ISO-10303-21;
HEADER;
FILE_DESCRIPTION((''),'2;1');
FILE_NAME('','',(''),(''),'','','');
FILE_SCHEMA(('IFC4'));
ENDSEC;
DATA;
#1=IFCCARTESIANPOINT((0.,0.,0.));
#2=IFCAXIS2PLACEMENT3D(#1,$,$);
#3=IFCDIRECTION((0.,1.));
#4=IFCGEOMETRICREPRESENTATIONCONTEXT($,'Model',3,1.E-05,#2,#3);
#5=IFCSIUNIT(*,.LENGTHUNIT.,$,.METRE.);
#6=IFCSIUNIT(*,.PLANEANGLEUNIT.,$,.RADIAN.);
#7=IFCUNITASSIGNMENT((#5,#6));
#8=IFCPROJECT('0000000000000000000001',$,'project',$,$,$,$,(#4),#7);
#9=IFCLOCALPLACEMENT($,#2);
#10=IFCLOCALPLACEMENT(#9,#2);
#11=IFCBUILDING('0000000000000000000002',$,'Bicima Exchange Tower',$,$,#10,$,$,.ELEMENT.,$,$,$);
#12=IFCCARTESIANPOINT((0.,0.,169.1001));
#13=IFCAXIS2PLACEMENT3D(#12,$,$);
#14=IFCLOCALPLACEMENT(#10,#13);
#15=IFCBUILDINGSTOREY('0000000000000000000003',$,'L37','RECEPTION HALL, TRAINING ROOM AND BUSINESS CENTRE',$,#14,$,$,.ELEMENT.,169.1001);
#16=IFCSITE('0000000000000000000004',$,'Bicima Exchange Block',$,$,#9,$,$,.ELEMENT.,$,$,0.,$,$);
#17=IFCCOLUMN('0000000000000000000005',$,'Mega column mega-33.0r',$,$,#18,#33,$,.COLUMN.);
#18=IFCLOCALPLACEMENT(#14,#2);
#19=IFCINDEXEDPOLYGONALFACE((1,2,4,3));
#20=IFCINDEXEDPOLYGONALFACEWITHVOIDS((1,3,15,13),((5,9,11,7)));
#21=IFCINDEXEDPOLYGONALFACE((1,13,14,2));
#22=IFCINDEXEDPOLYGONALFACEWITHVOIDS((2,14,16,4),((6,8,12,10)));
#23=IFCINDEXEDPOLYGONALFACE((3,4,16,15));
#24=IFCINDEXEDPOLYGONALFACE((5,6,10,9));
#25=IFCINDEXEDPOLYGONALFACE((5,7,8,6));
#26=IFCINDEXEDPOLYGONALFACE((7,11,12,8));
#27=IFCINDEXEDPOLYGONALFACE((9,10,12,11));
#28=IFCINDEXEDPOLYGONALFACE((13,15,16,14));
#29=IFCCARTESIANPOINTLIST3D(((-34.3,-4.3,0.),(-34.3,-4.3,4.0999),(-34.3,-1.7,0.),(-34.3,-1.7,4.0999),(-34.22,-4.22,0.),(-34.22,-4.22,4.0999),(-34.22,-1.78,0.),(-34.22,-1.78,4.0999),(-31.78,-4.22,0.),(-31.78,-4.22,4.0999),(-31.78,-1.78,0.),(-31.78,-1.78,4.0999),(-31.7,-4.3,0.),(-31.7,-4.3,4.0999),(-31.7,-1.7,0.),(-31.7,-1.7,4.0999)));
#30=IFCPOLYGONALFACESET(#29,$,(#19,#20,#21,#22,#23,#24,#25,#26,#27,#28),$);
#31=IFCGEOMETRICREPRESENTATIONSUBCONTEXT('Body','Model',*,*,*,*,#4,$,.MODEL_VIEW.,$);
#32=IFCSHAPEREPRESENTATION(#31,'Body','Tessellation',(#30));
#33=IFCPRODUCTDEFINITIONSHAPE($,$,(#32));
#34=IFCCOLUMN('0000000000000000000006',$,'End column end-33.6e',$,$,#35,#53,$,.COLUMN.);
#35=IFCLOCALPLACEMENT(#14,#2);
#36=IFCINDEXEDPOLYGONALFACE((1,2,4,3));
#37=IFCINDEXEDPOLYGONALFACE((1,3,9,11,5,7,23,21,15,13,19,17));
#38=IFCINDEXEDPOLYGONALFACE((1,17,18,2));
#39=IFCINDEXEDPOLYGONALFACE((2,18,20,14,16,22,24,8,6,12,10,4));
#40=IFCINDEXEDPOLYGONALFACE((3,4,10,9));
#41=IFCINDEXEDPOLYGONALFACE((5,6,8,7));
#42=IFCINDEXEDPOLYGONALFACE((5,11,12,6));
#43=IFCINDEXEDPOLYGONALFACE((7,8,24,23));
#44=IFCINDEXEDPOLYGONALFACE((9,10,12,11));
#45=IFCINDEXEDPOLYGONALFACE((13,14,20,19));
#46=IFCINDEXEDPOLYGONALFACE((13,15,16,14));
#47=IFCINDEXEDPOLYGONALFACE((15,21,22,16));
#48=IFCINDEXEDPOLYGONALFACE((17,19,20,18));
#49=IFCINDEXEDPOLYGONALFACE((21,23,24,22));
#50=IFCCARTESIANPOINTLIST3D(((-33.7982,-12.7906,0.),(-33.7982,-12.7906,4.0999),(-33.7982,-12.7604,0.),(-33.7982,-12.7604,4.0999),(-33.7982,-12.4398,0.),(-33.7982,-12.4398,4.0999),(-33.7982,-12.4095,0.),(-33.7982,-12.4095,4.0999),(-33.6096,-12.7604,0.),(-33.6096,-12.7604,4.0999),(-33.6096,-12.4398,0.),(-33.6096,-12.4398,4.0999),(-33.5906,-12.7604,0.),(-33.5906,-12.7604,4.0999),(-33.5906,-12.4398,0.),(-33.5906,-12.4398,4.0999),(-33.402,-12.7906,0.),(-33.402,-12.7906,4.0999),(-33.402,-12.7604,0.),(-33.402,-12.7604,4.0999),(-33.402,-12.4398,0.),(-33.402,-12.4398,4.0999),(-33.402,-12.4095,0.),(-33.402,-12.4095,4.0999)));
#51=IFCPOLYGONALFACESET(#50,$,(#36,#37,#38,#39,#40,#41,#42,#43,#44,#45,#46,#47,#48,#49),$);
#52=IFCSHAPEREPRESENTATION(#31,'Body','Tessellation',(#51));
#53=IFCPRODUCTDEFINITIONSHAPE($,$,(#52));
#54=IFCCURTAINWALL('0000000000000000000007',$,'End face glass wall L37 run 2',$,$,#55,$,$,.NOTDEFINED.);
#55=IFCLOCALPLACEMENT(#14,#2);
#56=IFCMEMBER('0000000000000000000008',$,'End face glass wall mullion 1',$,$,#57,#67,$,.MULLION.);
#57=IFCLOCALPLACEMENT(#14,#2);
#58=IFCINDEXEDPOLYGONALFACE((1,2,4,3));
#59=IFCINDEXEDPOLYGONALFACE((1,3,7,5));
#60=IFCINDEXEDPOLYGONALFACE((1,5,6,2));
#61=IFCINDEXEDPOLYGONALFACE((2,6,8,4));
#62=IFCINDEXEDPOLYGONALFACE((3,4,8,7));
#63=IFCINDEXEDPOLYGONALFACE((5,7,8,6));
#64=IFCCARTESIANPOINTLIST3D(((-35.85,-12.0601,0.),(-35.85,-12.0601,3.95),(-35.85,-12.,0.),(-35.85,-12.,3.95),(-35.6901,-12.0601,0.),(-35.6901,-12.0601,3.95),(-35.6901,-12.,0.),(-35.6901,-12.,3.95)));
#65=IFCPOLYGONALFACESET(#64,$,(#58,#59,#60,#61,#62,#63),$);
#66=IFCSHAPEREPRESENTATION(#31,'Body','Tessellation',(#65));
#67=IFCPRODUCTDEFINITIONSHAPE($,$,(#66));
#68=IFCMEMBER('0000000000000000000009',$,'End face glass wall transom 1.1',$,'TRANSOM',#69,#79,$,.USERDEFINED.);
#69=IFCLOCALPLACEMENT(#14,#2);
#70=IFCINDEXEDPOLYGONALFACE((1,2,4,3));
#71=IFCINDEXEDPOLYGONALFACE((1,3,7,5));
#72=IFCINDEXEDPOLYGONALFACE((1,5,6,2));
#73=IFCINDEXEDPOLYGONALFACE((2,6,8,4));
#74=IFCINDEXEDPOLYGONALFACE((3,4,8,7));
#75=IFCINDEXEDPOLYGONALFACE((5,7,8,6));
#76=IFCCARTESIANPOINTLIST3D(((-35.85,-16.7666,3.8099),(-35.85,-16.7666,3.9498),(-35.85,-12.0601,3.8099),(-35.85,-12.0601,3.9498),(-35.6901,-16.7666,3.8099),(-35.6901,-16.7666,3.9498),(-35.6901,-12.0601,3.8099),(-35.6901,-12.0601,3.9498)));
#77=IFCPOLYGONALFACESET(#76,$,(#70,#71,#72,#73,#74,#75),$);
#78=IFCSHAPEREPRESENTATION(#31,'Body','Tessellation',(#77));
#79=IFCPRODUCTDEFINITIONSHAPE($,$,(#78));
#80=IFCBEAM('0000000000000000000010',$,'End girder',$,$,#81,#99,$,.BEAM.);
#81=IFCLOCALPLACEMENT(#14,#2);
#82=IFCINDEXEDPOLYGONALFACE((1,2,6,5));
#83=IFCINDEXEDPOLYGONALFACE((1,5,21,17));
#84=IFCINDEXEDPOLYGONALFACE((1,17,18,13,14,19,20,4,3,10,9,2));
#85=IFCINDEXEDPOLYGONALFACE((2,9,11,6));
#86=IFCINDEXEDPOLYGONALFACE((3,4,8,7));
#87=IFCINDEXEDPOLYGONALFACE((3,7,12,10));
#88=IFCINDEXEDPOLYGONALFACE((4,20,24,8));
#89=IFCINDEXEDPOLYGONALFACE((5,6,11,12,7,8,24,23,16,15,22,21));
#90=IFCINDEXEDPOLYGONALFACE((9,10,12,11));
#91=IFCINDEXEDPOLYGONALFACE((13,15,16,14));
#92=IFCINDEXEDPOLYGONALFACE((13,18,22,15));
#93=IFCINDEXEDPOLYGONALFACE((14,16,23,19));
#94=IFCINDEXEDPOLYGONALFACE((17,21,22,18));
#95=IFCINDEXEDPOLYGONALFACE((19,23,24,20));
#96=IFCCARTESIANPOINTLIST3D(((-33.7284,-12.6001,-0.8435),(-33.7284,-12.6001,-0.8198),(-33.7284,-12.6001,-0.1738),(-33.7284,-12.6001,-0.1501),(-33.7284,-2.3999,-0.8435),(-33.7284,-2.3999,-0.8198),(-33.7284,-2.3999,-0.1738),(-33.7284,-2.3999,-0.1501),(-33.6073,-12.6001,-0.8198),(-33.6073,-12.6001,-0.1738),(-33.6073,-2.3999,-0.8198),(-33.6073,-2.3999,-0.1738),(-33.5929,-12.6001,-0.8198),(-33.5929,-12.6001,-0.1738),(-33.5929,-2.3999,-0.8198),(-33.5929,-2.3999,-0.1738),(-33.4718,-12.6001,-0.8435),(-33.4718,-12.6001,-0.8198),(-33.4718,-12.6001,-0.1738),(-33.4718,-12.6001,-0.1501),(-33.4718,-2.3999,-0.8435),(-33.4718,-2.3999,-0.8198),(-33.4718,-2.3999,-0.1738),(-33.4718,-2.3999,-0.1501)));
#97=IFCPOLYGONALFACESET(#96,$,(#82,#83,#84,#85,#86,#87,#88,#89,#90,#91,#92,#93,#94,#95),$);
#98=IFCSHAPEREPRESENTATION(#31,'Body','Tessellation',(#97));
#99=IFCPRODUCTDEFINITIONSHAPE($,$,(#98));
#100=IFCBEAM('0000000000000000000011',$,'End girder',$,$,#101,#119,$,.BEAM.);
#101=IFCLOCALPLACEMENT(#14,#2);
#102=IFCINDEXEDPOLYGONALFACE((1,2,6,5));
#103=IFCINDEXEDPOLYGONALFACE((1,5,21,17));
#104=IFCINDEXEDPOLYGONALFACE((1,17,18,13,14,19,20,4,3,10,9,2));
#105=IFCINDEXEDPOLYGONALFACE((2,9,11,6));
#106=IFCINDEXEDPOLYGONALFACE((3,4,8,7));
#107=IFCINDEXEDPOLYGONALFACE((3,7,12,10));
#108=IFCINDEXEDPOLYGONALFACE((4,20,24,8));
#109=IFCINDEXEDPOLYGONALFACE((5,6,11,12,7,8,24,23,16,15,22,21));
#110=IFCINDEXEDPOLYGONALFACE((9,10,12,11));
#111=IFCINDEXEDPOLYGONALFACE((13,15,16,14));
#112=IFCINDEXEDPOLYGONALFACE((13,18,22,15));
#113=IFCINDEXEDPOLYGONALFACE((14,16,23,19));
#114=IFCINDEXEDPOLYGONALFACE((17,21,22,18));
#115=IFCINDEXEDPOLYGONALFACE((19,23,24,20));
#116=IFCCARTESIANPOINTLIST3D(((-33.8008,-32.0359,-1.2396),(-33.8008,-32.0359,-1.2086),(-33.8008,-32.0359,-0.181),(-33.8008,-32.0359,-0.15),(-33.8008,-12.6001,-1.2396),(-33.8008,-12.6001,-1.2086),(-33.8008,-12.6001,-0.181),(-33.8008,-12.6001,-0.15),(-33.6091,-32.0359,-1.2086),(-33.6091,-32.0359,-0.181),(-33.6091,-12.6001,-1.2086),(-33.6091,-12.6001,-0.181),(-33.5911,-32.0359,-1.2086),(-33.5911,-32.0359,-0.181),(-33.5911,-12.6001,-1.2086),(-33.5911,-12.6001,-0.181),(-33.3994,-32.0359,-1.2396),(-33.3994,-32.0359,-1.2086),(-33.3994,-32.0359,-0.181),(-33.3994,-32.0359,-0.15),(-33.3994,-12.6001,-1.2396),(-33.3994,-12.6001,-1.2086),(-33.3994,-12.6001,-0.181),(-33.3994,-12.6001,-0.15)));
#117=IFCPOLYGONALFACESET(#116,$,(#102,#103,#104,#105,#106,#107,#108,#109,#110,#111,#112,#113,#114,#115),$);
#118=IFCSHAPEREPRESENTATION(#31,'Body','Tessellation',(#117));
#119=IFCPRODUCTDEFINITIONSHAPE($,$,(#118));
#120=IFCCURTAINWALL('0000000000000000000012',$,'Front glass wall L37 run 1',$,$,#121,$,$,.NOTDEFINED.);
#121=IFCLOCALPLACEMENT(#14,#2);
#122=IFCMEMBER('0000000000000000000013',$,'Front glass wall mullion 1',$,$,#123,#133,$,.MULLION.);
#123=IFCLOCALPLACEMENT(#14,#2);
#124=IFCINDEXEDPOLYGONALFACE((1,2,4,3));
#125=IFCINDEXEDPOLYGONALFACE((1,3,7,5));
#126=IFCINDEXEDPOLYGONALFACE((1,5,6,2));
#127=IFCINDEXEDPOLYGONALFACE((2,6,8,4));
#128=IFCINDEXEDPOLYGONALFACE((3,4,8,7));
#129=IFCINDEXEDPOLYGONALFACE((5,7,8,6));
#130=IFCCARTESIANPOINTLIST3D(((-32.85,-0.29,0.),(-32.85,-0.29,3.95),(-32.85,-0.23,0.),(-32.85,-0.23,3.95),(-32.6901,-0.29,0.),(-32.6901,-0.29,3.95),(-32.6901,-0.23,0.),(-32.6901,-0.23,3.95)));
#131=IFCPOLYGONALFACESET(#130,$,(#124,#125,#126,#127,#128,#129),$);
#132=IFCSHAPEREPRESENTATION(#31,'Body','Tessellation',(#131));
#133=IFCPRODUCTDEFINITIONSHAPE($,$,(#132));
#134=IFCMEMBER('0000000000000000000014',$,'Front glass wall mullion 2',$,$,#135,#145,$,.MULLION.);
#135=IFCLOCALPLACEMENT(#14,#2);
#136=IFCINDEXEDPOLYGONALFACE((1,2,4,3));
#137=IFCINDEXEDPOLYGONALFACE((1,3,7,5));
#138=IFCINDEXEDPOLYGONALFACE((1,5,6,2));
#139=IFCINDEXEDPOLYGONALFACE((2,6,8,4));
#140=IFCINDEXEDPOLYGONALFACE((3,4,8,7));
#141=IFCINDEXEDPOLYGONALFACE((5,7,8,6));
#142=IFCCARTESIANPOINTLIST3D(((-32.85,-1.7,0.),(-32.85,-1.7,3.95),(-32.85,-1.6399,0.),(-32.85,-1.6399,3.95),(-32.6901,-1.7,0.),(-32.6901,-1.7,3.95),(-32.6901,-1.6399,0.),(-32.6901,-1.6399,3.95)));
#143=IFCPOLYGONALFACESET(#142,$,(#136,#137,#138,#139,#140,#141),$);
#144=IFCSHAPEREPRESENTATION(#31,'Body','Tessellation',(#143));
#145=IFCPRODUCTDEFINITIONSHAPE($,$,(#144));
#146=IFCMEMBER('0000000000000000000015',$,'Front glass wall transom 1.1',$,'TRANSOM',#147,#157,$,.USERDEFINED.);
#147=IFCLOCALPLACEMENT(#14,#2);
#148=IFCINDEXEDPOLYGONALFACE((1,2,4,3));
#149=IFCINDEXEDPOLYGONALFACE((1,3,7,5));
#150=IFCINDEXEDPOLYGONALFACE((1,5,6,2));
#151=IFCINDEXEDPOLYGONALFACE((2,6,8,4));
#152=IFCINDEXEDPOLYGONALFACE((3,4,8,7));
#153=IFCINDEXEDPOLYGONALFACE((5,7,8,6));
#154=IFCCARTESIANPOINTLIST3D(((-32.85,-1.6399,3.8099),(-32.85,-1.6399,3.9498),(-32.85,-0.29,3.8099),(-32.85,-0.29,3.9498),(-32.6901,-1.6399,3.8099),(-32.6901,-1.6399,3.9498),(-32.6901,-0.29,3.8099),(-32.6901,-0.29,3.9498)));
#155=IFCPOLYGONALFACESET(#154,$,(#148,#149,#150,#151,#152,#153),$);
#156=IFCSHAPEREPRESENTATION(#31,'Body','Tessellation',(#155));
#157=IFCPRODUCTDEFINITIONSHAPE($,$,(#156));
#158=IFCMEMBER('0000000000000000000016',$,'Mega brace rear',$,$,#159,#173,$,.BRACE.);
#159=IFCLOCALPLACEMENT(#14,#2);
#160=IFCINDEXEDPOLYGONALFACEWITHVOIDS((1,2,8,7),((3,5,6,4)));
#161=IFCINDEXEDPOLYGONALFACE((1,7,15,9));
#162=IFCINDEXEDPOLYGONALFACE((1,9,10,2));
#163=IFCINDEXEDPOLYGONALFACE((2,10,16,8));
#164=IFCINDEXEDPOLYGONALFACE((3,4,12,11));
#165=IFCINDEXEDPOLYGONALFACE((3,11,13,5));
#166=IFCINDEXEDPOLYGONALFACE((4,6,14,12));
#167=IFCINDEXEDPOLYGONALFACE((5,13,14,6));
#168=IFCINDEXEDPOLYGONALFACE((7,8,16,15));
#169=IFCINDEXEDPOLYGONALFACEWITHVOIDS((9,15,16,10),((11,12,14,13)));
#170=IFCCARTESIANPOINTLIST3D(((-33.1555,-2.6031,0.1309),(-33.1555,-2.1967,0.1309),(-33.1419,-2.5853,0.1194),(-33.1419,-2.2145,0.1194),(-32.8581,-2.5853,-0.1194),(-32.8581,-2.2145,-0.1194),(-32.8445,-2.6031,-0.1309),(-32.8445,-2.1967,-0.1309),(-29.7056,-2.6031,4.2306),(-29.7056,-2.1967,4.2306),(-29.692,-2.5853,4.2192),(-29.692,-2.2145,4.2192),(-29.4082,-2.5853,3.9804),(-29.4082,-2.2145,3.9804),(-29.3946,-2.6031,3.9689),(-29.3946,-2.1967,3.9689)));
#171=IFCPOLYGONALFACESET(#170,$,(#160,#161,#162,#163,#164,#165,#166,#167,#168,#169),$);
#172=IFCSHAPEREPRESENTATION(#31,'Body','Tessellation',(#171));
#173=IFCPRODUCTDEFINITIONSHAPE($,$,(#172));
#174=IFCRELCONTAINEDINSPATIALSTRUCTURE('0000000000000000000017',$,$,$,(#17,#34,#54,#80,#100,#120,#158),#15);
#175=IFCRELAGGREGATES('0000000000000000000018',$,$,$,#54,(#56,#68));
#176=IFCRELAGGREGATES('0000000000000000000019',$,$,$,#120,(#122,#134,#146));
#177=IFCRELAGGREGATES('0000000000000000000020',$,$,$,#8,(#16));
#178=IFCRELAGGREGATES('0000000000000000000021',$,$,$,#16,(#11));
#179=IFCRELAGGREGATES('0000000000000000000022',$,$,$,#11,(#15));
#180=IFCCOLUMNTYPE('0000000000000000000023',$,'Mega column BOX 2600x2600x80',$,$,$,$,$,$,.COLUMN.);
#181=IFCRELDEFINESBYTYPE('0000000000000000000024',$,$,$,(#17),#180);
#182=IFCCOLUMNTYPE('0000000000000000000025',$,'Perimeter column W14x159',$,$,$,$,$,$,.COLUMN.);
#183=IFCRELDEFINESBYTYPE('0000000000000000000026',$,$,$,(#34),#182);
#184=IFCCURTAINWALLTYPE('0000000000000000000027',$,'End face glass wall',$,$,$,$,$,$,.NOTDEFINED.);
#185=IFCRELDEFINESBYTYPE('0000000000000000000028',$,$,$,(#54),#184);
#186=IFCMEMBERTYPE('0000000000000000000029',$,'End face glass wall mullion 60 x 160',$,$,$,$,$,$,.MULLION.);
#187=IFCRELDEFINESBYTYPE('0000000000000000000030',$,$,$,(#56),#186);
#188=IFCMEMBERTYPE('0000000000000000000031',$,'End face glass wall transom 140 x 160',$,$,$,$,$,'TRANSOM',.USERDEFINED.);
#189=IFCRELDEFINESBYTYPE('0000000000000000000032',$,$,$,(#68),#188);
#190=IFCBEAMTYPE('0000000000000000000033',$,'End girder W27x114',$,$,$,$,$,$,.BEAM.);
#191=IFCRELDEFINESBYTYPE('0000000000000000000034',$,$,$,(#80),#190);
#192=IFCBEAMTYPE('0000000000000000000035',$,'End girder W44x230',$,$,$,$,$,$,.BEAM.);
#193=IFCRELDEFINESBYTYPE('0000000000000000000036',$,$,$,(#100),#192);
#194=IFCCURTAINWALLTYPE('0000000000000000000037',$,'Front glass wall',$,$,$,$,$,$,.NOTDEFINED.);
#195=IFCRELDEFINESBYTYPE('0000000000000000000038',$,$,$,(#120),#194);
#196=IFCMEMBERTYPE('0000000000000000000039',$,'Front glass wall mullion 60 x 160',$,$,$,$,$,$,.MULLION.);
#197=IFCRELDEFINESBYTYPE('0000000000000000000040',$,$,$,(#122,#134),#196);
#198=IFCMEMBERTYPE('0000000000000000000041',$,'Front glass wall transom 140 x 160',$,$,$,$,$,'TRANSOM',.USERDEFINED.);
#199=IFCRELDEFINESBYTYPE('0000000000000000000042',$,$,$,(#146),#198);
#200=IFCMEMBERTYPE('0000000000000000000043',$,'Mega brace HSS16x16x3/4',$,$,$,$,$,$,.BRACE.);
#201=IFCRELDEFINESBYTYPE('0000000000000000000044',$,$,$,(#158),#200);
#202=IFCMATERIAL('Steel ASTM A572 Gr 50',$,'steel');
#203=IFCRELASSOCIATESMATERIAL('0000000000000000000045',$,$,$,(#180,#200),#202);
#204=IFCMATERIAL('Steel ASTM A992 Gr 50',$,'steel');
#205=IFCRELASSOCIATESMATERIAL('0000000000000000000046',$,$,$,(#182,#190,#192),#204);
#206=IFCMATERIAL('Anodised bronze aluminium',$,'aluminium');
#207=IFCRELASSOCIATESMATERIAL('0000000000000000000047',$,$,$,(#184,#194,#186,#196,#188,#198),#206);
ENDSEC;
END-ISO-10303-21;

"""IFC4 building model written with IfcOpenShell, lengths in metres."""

from ifc_helpers import new_model, si_unit, direction, frame, origin, origin_2d, place, context, subcontext, project, spatial, rectangle, hollow_rectangle, i_section, extrude, material, material_profile, profile_set, type_object, element, aggregate, save


model = new_model("IFC4")

# Units and contexts
model_context = context("Model", 3, precision=1e-05, world=origin(), true_north=direction((0.0, 1.0)))
body_context = subcontext(model_context, "Body", "Model", "MODEL_VIEW")
ifc_project = project(units=[si_unit("LENGTHUNIT", "METRE"), si_unit("PLANEANGLEUNIT", "RADIAN")], contexts=[model_context])

# Site, building, storey
site_placement = place(None, origin())
site = spatial("IfcSite", under=ifc_project, at=site_placement, Name="Bicima Exchange Block", CompositionType="ELEMENT", RefElevation=0.0)
building_placement = place(site_placement, origin())
building = spatial("IfcBuilding", under=site, at=building_placement, Name="Bicima Exchange Tower", CompositionType="ELEMENT")
storey_placement = place(building_placement, frame((0.0, 0.0, 169.1001)))
storey = spatial("IfcBuildingStorey", under=building, at=storey_placement, Name="L37", Description="RECEPTION HALL, TRAINING ROOM AND BUSINESS CENTRE", CompositionType="ELEMENT", Elevation=169.1001)

# Columns
ifc_material_1 = material(Name="Steel ASTM A572 Gr 50", Category="steel")
ifc_material_profile_1 = material_profile(ifc_material_1, hollow_rectangle(XDim=2.6001, YDim=2.6001, WallThickness=0.0801, at=origin_2d()))
ifc_profile_set_1 = profile_set([ifc_material_profile_1], Name="Steel ASTM A572 Gr 50")
column_type_1 = type_object("IfcColumnType", Name="Mega column BOX 2600x2600x80", PredefinedType="COLUMN", material=ifc_profile_set_1)
column_1_placement = place(storey_placement, frame((-33.0, -3.0, 0.0), z_axis=(0.0, 0.0, 1.0), x_axis=(1.0, 0.0, 0.0)))
element("IfcColumn", 1, at=column_1_placement, inside=storey, type_object=column_type_1, Name="Mega column mega-33.0r", PredefinedType="COLUMN", context=body_context, shape_type="SweptSolid", body=[
    extrude(hollow_rectangle(XDim=2.6001, YDim=2.6001, WallThickness=0.0801, at=origin_2d()), origin(), (0.0, 0.0, 1.0), 4.0999),
])
ifc_material_2 = material(Name="Steel ASTM A992 Gr 50", Category="steel")
ifc_material_profile_2 = material_profile(ifc_material_2, i_section(OverallWidth=0.3962, OverallDepth=0.3811, WebThickness=0.019, FlangeThickness=0.0303, at=origin_2d()))
ifc_profile_set_2 = profile_set([ifc_material_profile_2], Name="Steel ASTM A992 Gr 50")
column_type_2 = type_object("IfcColumnType", Name="Perimeter column W14x159", PredefinedType="COLUMN", material=ifc_profile_set_2)
column_2_placement = place(storey_placement, frame((-33.6001, -12.6001, 0.0), z_axis=(0.0, 0.0, 1.0), x_axis=(1.0, 0.0, 0.0)))
element("IfcColumn", 2, at=column_2_placement, inside=storey, type_object=column_type_2, Name="End column end-33.6e", PredefinedType="COLUMN", context=body_context, shape_type="SweptSolid", body=[
    extrude(i_section(OverallWidth=0.3962, OverallDepth=0.3811, WebThickness=0.019, FlangeThickness=0.0303, at=origin_2d()), origin(), (0.0, 0.0, 1.0), 4.0999),
])

# Curtain wall, members
ifc_material_3 = material(Name="Anodised bronze aluminium", Category="aluminium")
curtain_wall_type_1 = type_object("IfcCurtainWallType", Name="End face glass wall", PredefinedType="NOTDEFINED", material=ifc_material_3)
curtain_wall_1_placement = place(storey_placement, origin())
curtain_wall_1 = element("IfcCurtainWall", 3, at=curtain_wall_1_placement, inside=storey, type_object=curtain_wall_type_1, Name="End face glass wall L37 run 2", PredefinedType="NOTDEFINED")
ifc_material_profile_3 = material_profile(ifc_material_3, rectangle(XDim=0.1599, YDim=0.0601, at=origin_2d()))
ifc_profile_set_3 = profile_set([ifc_material_profile_3], Name="Anodised bronze aluminium")
member_type_1 = type_object("IfcMemberType", Name="End face glass wall mullion 60 x 160", PredefinedType="MULLION", material=ifc_profile_set_3)
member_1_placement = place(storey_placement, frame((-35.77, -12.03, 0.0), z_axis=(0.0, 0.0, 1.0), x_axis=(1.0, 0.0, 0.0)))
member_1 = element("IfcMember", 4, at=member_1_placement, type_object=member_type_1, Name="End face glass wall mullion 1", PredefinedType="MULLION", context=body_context, shape_type="SweptSolid", body=[
    extrude(rectangle(XDim=0.1599, YDim=0.0601, at=origin_2d()), origin(), (0.0, 0.0, 1.0), 3.95),
])
ifc_material_profile_4 = material_profile(ifc_material_3, rectangle(XDim=0.1599, YDim=0.1399, at=origin_2d()))
ifc_profile_set_4 = profile_set([ifc_material_profile_4], Name="Anodised bronze aluminium")
member_type_2 = type_object("IfcMemberType", Name="End face glass wall transom 140 x 160", ElementType="TRANSOM", PredefinedType="USERDEFINED", material=ifc_profile_set_4)
member_2_placement = place(storey_placement, frame((-35.77, -12.0601, 3.8799), z_axis=(0.0, -1.0, 0.0), x_axis=(1.0, 0.0, 0.0)))
member_2 = element("IfcMember", 5, at=member_2_placement, type_object=member_type_2, Name="End face glass wall transom 1.1", ObjectType="TRANSOM", PredefinedType="USERDEFINED", context=body_context, shape_type="SweptSolid", body=[
    extrude(rectangle(XDim=0.1599, YDim=0.1399, at=origin_2d()), origin(), (0.0, 0.0, 1.0), 4.7065),
])
aggregate(curtain_wall_1, [member_1, member_2])

# Beams
ifc_material_profile_5 = material_profile(ifc_material_2, i_section(OverallWidth=0.2566, OverallDepth=0.6934, WebThickness=0.0144, FlangeThickness=0.0237, at=origin_2d()))
ifc_profile_set_5 = profile_set([ifc_material_profile_5], Name="Steel ASTM A992 Gr 50")
beam_type_1 = type_object("IfcBeamType", Name="End girder W27x114", PredefinedType="BEAM", material=ifc_profile_set_5)
beam_1_placement = place(storey_placement, frame((-33.6001, -2.3999, -0.4968), z_axis=(0.0, -1.0, 0.0), x_axis=(1.0, 0.0, 0.0)))
element("IfcBeam", 6, at=beam_1_placement, inside=storey, type_object=beam_type_1, Name="End girder", PredefinedType="BEAM", context=body_context, shape_type="SweptSolid", body=[
    extrude(i_section(OverallWidth=0.2566, OverallDepth=0.6934, WebThickness=0.0144, FlangeThickness=0.0237, at=origin_2d()), origin(), (0.0, 0.0, 1.0), 10.2002),
])
ifc_material_profile_6 = material_profile(ifc_material_2, i_section(OverallWidth=0.4014, OverallDepth=1.0896, WebThickness=0.0181, FlangeThickness=0.031, at=origin_2d()))
ifc_profile_set_6 = profile_set([ifc_material_profile_6], Name="Steel ASTM A992 Gr 50")
beam_type_2 = type_object("IfcBeamType", Name="End girder W44x230", PredefinedType="BEAM", material=ifc_profile_set_6)
beam_2_placement = place(storey_placement, frame((-33.6001, -12.6001, -0.6948), z_axis=(0.0, -1.0, 0.0), x_axis=(1.0, 0.0, 0.0)))
element("IfcBeam", 7, at=beam_2_placement, inside=storey, type_object=beam_type_2, Name="End girder", PredefinedType="BEAM", context=body_context, shape_type="SweptSolid", body=[
    extrude(i_section(OverallWidth=0.4014, OverallDepth=1.0896, WebThickness=0.0181, FlangeThickness=0.031, at=origin_2d()), origin(), (0.0, 0.0, 1.0), 19.4358),
])

# Curtain wall, members
curtain_wall_type_2 = type_object("IfcCurtainWallType", Name="Front glass wall", PredefinedType="NOTDEFINED", material=ifc_material_3)
curtain_wall_2_placement = place(storey_placement, origin())
curtain_wall_2 = element("IfcCurtainWall", 8, at=curtain_wall_2_placement, inside=storey, type_object=curtain_wall_type_2, Name="Front glass wall L37 run 1", PredefinedType="NOTDEFINED")
member_type_3 = type_object("IfcMemberType", Name="Front glass wall mullion 60 x 160", PredefinedType="MULLION", material=ifc_profile_set_3)
member_3_placement = place(storey_placement, frame((-32.77, -0.26, 0.0), z_axis=(0.0, 0.0, 1.0), x_axis=(1.0, 0.0, 0.0)))
member_3 = element("IfcMember", 9, at=member_3_placement, type_object=member_type_3, Name="Front glass wall mullion 1", PredefinedType="MULLION", context=body_context, shape_type="SweptSolid", body=[
    extrude(rectangle(XDim=0.1599, YDim=0.0601, at=origin_2d()), origin(), (0.0, 0.0, 1.0), 3.95),
])
member_4_placement = place(storey_placement, frame((-32.77, -1.6699, 0.0), z_axis=(0.0, 0.0, 1.0), x_axis=(1.0, 0.0, 0.0)))
member_4 = element("IfcMember", 10, at=member_4_placement, type_object=member_type_3, Name="Front glass wall mullion 2", PredefinedType="MULLION", context=body_context, shape_type="SweptSolid", body=[
    extrude(rectangle(XDim=0.1599, YDim=0.0601, at=origin_2d()), origin(), (0.0, 0.0, 1.0), 3.95),
])
member_type_4 = type_object("IfcMemberType", Name="Front glass wall transom 140 x 160", ElementType="TRANSOM", PredefinedType="USERDEFINED", material=ifc_profile_set_4)
member_5_placement = place(storey_placement, frame((-32.77, -0.29, 3.8799), z_axis=(0.0, -1.0, 0.0), x_axis=(1.0, 0.0, 0.0)))
member_5 = element("IfcMember", 11, at=member_5_placement, type_object=member_type_4, Name="Front glass wall transom 1.1", ObjectType="TRANSOM", PredefinedType="USERDEFINED", context=body_context, shape_type="SweptSolid", body=[
    extrude(rectangle(XDim=0.1599, YDim=0.1399, at=origin_2d()), origin(), (0.0, 0.0, 1.0), 1.3499),
])

# Member
ifc_material_profile_7 = material_profile(ifc_material_1, hollow_rectangle(XDim=0.4065, YDim=0.4065, WallThickness=0.0178, at=origin_2d()))
ifc_profile_set_7 = profile_set([ifc_material_profile_7], Name="Steel ASTM A572 Gr 50")
member_type_5 = type_object("IfcMemberType", Name="Mega brace HSS16x16x3/4", PredefinedType="BRACE", material=ifc_profile_set_7)
member_6_placement = place(storey_placement, frame((-33.0, -2.3999, 0.0), z_axis=(0.643856, 0.0, 0.765146), x_axis=(0.0, 1.0, 0.0)))
element("IfcMember", 12, at=member_6_placement, inside=storey, type_object=member_type_5, Name="Mega brace rear", PredefinedType="BRACE", context=body_context, shape_type="SweptSolid", body=[
    extrude(hollow_rectangle(XDim=0.4065, YDim=0.4065, WallThickness=0.0178, at=origin_2d()), origin(), (0.0, 0.0, 1.0), 5.3582),
])

aggregate(curtain_wall_2, [member_3, member_4, member_5])

save(model, "model.ifc")
